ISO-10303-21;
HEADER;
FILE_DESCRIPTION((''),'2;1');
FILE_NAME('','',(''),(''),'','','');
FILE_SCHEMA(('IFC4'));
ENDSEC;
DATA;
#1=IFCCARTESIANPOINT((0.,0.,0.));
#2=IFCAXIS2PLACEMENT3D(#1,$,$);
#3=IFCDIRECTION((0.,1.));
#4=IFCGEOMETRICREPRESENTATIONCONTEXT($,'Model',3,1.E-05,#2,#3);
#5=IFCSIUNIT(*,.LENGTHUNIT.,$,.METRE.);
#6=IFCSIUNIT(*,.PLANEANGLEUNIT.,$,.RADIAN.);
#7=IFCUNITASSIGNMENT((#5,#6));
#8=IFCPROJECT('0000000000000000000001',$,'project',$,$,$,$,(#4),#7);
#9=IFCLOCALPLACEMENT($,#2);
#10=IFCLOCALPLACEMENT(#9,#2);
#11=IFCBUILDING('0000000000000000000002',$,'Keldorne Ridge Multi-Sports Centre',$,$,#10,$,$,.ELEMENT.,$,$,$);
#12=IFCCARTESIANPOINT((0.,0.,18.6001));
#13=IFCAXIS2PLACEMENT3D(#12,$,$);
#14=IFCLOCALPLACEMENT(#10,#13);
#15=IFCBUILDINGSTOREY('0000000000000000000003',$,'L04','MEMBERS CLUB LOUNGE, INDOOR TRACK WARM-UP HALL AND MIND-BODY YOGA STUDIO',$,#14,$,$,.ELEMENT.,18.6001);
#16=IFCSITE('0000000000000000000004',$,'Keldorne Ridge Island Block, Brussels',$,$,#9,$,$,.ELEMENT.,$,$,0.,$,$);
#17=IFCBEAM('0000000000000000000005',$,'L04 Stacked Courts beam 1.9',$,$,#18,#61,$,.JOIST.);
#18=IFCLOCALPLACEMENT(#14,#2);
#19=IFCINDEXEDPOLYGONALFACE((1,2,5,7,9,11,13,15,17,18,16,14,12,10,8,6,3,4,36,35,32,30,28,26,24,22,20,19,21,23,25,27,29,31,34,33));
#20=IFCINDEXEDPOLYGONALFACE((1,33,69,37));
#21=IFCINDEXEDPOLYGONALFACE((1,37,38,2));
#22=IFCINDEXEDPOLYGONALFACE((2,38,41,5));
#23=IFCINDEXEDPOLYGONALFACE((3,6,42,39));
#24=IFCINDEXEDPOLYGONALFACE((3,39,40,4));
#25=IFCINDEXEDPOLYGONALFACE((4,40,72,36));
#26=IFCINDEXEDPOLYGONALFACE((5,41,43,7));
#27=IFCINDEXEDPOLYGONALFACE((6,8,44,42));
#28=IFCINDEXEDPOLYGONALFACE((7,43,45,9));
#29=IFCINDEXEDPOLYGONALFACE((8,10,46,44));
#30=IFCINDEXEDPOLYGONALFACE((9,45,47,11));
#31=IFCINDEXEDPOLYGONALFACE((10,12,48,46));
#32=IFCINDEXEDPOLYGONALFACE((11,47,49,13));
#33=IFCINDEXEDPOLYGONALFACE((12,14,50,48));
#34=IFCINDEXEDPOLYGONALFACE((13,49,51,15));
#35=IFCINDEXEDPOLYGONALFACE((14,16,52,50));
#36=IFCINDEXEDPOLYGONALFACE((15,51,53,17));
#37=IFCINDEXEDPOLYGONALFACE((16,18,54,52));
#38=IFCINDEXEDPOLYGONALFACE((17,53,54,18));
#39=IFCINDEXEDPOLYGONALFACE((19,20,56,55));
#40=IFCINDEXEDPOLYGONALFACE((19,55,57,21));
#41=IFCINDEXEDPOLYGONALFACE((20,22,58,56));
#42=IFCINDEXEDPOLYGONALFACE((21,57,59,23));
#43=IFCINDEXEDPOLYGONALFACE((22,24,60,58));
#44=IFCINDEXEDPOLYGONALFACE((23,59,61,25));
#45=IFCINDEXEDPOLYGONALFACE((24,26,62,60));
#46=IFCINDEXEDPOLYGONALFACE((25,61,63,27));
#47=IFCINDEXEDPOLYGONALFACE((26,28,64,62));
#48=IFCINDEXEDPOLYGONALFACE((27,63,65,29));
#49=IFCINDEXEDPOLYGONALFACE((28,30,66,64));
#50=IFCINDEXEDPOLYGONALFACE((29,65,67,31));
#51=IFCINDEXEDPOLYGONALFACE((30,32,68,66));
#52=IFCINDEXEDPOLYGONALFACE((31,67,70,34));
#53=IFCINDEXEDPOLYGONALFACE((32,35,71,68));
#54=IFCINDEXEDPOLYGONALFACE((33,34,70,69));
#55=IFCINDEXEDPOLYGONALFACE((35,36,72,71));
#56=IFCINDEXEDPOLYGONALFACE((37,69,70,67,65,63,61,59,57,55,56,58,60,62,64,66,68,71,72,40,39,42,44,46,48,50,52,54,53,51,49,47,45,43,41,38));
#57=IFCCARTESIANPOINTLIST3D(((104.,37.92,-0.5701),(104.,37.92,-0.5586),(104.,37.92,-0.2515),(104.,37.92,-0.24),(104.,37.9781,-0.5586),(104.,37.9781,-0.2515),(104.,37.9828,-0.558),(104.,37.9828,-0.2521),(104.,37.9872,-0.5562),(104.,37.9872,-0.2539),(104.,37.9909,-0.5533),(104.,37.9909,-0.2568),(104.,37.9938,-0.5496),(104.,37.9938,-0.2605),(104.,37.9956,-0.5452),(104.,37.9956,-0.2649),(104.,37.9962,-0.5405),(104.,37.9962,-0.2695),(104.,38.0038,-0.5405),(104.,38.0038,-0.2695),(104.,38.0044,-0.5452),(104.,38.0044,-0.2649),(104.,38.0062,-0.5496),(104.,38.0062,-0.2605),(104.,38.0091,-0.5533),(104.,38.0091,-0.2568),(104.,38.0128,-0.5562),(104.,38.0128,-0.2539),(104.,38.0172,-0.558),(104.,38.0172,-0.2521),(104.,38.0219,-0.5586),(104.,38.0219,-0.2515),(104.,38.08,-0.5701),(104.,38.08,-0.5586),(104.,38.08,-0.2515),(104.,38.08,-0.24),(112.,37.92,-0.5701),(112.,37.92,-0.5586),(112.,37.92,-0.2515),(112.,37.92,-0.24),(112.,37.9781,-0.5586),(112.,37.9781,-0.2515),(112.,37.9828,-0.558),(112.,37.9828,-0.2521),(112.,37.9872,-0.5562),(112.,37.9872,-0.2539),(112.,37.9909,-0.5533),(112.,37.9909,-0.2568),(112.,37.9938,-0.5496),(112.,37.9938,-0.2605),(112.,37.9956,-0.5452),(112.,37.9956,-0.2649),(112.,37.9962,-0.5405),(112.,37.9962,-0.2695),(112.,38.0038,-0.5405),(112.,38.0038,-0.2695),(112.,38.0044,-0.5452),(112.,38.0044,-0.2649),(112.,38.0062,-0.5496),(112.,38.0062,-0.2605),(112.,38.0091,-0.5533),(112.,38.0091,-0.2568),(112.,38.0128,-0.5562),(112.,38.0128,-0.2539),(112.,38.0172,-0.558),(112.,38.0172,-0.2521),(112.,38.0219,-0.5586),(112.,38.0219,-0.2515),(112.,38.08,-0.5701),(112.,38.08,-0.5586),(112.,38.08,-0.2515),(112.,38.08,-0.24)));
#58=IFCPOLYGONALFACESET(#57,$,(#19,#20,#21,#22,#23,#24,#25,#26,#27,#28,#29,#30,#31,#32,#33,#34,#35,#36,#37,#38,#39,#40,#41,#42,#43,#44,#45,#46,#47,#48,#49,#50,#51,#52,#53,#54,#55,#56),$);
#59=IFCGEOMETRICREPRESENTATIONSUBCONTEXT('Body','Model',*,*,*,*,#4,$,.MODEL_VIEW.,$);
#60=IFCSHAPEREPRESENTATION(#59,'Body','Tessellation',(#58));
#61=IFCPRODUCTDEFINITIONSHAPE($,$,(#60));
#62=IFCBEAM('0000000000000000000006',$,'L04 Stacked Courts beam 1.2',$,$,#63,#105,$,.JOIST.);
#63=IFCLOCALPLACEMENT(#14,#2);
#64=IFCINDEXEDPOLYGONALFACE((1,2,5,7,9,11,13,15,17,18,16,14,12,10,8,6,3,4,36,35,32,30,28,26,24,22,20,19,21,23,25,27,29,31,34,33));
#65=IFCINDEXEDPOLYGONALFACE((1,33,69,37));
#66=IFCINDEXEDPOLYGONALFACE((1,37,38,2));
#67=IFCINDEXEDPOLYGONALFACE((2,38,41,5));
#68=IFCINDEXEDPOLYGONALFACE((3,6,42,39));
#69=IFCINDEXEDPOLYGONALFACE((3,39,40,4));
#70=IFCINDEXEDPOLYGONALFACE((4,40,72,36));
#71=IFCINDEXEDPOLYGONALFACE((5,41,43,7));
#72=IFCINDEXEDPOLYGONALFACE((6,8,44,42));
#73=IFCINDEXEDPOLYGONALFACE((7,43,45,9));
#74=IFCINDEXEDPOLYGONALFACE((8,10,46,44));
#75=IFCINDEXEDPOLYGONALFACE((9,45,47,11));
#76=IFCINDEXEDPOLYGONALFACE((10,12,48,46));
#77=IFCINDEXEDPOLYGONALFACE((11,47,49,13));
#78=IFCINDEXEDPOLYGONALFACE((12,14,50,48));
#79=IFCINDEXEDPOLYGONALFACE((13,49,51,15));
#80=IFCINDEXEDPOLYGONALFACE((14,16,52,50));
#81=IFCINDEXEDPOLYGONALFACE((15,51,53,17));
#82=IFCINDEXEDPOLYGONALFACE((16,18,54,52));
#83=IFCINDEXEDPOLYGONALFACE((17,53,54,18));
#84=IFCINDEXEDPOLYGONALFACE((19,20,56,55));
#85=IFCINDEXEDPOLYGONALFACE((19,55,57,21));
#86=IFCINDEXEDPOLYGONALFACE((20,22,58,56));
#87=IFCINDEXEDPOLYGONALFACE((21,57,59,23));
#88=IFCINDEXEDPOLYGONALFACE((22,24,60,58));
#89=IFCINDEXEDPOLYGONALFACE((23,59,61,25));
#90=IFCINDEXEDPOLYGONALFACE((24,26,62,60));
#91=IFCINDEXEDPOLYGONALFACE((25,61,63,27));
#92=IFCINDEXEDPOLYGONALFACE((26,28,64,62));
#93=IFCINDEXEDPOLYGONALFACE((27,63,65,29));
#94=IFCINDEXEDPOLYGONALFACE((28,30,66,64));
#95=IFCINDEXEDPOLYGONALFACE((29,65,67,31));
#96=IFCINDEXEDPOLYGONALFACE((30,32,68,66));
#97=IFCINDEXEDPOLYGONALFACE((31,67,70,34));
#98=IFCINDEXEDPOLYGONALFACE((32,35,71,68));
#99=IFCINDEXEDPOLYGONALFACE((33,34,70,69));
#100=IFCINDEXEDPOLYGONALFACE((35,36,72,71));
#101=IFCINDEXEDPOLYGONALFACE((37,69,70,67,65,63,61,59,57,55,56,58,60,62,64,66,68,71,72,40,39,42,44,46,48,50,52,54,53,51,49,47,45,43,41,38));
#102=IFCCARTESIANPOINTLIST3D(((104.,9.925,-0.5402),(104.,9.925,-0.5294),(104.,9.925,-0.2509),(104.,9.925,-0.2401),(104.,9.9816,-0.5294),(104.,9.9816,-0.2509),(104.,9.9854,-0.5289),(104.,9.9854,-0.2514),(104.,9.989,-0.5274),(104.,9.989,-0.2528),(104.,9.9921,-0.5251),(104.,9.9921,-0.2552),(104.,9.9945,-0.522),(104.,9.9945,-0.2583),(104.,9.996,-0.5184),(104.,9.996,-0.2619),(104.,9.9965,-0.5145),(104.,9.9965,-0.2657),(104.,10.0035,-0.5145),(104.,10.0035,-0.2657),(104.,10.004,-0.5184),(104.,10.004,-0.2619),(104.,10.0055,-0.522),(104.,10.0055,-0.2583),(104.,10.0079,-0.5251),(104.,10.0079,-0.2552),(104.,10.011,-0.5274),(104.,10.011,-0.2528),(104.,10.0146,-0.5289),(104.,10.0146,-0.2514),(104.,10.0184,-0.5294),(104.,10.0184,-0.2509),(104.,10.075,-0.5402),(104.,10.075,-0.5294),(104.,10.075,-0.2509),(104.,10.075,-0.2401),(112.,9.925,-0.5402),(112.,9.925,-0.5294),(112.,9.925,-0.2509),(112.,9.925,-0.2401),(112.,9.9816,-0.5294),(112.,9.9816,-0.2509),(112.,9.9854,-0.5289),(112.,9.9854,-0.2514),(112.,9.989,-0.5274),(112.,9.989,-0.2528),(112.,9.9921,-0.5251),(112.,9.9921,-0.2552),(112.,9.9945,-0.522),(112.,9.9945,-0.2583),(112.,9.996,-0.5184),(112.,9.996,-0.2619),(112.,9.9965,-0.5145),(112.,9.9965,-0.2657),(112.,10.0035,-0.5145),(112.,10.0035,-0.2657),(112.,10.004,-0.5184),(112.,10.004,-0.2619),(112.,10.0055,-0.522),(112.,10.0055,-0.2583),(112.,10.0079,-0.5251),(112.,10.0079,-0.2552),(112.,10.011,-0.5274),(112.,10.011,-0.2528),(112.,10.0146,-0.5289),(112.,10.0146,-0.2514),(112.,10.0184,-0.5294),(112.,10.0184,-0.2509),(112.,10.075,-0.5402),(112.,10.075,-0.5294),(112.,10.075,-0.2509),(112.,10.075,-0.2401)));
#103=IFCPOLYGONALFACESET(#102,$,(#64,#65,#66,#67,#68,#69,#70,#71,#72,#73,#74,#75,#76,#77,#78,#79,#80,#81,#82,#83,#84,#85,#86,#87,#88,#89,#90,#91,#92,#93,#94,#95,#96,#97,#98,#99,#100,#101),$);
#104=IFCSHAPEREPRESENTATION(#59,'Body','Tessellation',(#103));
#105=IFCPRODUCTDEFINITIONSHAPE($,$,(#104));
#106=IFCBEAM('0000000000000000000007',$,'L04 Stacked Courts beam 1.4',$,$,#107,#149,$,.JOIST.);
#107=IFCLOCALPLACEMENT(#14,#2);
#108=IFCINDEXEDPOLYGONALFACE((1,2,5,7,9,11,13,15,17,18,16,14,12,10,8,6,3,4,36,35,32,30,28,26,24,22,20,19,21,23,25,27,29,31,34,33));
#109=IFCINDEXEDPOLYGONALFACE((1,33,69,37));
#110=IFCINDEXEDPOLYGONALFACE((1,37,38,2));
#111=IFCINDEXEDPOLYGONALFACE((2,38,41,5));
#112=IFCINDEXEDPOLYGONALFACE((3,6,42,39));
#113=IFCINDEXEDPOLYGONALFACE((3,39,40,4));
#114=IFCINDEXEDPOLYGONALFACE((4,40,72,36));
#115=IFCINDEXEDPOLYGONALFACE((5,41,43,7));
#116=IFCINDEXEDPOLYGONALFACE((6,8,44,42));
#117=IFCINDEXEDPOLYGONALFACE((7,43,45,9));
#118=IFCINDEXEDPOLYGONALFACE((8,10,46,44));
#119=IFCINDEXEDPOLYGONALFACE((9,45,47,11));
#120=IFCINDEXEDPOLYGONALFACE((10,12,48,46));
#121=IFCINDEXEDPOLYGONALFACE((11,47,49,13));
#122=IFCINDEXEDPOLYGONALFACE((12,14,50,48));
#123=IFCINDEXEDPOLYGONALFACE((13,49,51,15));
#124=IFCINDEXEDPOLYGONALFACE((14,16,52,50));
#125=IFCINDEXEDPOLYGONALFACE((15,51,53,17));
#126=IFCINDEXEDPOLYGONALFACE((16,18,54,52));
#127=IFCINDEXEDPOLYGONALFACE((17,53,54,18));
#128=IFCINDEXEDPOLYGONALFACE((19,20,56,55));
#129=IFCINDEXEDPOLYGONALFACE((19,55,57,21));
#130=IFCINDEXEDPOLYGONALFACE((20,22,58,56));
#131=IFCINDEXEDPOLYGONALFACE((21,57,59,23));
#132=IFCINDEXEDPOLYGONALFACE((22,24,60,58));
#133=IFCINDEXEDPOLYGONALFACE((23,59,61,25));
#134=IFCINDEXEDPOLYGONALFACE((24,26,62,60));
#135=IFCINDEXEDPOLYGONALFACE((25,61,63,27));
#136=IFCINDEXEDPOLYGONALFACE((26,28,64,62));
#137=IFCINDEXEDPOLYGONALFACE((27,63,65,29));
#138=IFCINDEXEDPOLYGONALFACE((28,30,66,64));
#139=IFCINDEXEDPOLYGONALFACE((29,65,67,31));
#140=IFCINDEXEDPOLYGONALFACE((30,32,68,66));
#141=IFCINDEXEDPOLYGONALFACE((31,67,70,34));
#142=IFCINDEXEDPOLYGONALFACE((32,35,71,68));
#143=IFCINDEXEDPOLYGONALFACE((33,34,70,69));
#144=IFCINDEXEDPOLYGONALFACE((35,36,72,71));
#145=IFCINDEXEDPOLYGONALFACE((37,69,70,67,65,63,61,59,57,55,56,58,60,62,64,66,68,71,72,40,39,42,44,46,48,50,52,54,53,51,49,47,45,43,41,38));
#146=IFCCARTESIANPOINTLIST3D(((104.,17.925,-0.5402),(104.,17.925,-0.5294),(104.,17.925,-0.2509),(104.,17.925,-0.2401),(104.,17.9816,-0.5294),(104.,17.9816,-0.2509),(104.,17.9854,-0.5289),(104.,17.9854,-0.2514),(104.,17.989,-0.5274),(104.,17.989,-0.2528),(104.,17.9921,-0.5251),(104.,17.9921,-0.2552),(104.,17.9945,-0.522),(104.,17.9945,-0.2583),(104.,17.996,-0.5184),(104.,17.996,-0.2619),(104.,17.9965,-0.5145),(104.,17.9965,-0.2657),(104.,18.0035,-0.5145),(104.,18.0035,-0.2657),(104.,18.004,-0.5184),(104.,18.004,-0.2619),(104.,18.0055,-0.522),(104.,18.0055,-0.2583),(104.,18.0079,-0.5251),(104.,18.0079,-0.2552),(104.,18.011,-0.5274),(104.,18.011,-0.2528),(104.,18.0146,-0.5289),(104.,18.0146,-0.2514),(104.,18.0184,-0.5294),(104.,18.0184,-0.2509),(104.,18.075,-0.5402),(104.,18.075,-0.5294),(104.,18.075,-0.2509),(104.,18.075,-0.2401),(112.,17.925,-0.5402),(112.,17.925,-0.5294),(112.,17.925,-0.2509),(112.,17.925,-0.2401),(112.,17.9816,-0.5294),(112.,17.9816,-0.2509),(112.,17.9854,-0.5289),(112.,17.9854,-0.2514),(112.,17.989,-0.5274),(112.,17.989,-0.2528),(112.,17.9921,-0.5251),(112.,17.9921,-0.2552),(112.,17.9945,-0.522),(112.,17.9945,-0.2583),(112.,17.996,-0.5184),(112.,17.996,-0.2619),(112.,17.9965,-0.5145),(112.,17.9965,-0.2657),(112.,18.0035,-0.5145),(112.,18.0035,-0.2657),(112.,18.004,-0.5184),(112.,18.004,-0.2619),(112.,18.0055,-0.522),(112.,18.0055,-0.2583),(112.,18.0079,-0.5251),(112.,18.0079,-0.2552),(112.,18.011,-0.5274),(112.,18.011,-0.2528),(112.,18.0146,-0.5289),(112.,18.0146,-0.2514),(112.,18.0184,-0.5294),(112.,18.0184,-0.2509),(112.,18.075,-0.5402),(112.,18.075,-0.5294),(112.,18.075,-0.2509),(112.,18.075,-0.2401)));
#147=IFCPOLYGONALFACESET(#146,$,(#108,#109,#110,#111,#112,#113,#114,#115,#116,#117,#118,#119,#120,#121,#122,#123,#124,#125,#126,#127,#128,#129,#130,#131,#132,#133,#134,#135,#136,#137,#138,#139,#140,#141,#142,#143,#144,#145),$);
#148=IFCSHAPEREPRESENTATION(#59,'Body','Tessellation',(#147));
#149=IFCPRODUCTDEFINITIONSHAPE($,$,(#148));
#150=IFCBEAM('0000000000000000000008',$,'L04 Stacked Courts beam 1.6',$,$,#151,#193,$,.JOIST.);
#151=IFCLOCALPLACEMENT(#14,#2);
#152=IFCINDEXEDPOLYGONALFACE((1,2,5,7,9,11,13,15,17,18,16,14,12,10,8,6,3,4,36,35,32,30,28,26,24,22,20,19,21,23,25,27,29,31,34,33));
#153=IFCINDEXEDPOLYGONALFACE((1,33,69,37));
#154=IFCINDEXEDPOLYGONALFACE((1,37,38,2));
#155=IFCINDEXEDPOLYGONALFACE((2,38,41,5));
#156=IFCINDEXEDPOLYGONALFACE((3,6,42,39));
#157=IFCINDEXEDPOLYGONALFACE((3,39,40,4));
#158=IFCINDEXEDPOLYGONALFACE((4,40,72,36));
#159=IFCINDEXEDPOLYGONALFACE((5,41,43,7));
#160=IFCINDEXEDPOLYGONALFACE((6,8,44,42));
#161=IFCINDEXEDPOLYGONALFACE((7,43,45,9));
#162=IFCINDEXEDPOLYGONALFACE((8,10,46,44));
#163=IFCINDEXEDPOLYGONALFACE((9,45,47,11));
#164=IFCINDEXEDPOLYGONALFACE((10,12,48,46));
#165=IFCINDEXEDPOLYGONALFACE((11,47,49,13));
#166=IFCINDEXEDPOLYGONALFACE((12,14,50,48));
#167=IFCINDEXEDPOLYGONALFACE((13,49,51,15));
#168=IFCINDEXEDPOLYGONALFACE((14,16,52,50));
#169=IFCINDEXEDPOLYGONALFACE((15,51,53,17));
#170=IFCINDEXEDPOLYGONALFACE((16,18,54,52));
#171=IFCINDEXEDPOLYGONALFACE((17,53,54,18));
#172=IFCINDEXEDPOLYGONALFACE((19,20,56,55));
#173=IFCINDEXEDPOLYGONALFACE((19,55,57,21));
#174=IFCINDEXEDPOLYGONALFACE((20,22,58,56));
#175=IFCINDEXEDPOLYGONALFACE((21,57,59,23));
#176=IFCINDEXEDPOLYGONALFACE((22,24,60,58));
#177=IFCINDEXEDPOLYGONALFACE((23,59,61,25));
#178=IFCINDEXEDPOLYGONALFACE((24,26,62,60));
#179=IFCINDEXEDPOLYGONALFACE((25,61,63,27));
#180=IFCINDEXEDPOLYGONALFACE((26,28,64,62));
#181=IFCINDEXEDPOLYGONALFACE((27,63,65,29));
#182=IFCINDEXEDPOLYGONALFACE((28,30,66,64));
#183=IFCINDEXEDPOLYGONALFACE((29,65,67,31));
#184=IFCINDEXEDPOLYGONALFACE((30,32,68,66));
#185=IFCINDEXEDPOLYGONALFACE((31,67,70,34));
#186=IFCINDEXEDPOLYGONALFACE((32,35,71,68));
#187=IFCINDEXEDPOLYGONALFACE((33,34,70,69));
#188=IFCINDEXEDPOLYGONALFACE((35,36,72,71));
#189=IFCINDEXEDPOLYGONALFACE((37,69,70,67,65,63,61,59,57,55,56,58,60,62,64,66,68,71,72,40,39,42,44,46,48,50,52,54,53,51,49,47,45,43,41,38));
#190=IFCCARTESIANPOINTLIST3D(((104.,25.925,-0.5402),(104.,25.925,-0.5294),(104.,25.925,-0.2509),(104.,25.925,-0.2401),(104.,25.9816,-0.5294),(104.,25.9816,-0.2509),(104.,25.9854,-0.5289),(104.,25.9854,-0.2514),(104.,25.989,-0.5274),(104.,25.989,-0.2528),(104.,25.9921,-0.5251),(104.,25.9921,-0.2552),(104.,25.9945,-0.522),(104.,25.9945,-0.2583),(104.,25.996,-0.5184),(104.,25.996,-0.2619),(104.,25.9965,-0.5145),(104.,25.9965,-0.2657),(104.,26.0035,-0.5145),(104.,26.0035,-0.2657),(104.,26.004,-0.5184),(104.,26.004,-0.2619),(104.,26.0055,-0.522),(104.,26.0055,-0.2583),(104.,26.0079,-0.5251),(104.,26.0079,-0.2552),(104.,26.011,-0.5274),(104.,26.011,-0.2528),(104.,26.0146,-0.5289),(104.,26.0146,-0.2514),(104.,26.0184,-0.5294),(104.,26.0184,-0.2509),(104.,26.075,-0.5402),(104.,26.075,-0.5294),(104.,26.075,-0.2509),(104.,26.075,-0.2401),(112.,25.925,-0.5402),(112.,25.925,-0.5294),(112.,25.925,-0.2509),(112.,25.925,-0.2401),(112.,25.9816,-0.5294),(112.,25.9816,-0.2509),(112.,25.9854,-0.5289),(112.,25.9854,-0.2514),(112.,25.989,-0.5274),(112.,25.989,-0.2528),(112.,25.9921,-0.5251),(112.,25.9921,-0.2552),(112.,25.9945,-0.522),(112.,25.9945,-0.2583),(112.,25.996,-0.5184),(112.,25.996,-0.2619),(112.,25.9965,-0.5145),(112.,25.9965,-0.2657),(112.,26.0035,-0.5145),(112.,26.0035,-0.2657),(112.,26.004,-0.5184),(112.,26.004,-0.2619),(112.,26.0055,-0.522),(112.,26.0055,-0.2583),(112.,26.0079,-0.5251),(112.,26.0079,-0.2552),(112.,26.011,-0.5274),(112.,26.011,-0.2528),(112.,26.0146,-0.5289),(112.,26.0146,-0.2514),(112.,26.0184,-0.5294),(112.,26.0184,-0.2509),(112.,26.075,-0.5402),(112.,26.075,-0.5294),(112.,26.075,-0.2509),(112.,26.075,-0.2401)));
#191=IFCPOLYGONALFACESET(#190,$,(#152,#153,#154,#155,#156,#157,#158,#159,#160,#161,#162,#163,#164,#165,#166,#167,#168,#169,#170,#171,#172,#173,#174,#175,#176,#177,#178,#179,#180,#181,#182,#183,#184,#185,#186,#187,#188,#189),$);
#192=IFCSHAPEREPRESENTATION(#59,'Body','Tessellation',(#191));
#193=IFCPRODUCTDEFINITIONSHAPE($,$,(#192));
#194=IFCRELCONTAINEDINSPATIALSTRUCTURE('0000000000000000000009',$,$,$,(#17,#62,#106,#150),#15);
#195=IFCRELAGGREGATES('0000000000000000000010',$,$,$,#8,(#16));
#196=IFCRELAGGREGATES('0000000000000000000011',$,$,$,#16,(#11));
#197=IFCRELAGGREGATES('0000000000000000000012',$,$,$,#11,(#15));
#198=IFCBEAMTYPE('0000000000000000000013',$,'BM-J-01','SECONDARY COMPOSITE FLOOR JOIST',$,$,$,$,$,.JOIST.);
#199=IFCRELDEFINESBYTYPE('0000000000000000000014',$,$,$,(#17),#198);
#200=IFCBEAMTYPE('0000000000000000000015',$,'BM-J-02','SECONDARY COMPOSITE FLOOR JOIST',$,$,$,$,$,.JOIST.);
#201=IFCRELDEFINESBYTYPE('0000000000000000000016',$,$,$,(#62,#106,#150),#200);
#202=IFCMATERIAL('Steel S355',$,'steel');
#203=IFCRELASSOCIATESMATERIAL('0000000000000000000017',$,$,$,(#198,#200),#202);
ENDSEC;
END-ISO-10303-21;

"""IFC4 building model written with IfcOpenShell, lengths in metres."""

from ifc_helpers import new_model, si_unit, direction, frame, origin, origin_2d, place, context, subcontext, project, spatial, i_section, extrude, material, material_profile, profile_set, type_object, element, save


model = new_model("IFC4")

# Units and contexts
model_context = context("Model", 3, precision=1e-05, world=origin(), true_north=direction((0.0, 1.0)))
body_context = subcontext(model_context, "Body", "Model", "MODEL_VIEW")
ifc_project = project(units=[si_unit("LENGTHUNIT", "METRE"), si_unit("PLANEANGLEUNIT", "RADIAN")], contexts=[model_context])

# Site, building, storey
site_placement = place(None, origin())
site = spatial("IfcSite", under=ifc_project, at=site_placement, Name="Keldorne Ridge Island Block, Brussels", CompositionType="ELEMENT", RefElevation=0.0)
building_placement = place(site_placement, origin())
building = spatial("IfcBuilding", under=site, at=building_placement, Name="Keldorne Ridge Multi-Sports Centre", CompositionType="ELEMENT")
storey_placement = place(building_placement, frame((0.0, 0.0, 18.6001)))
storey = spatial("IfcBuildingStorey", under=building, at=storey_placement, Name="L04", Description="MEMBERS CLUB LOUNGE, INDOOR TRACK WARM-UP HALL AND MIND-BODY YOGA STUDIO", CompositionType="ELEMENT", Elevation=18.6001)

# Shared definitions
ifc_material_1 = material(Name="Steel S355", Category="steel")

# Beams
ifc_material_profile_1 = material_profile(ifc_material_1, i_section(OverallWidth=0.1599, OverallDepth=0.3301, WebThickness=0.0076, FlangeThickness=0.0115, FilletRadius=0.0181, at=origin_2d()), Name="IPE 330")
ifc_profile_set_1 = profile_set([ifc_material_profile_1], Name="Steel S355")
beam_type_1 = type_object("IfcBeamType", Name="BM-J-01", Description="SECONDARY COMPOSITE FLOOR JOIST", PredefinedType="JOIST", material=ifc_profile_set_1)
for number, where, z_axis, x_axis, name in (
    (1, (104.0, 38.0, -0.405), (1.0, 0.0, 0.0), (0.0, 1.0, 0.0), "L04 Stacked Courts beam 1.9"),
):
    element("IfcBeam", number, at=place(storey_placement, frame(where, z_axis=z_axis, x_axis=x_axis)), inside=storey, type_object=beam_type_1, Name=name, PredefinedType="JOIST", context=body_context, shape_type="SweptSolid", body=[
        extrude(i_section(OverallWidth=0.1599, OverallDepth=0.3301, WebThickness=0.0076, FlangeThickness=0.0115, FilletRadius=0.0181, at=origin_2d()), origin(), (0.0, 0.0, 1.0), 8.0),
    ])
ifc_material_profile_2 = material_profile(ifc_material_1, i_section(OverallWidth=0.1499, OverallDepth=0.3, WebThickness=0.0071, FlangeThickness=0.0107, FilletRadius=0.0149, at=origin_2d()), Name="IPE 300")
ifc_profile_set_2 = profile_set([ifc_material_profile_2], Name="Steel S355")
beam_type_2 = type_object("IfcBeamType", Name="BM-J-02", Description="SECONDARY COMPOSITE FLOOR JOIST", PredefinedType="JOIST", material=ifc_profile_set_2)
for number, where, z_axis, x_axis, name in (
    (2, (104.0, 10.0, -0.3901), (1.0, 0.0, 0.0), (0.0, 1.0, 0.0), "L04 Stacked Courts beam 1.2"),
    (3, (104.0, 18.0, -0.3901), (1.0, 0.0, 0.0), (0.0, 1.0, 0.0), "L04 Stacked Courts beam 1.4"),
    (4, (104.0, 26.0, -0.3901), (1.0, 0.0, 0.0), (0.0, 1.0, 0.0), "L04 Stacked Courts beam 1.6"),
):
    element("IfcBeam", number, at=place(storey_placement, frame(where, z_axis=z_axis, x_axis=x_axis)), inside=storey, type_object=beam_type_2, Name=name, PredefinedType="JOIST", context=body_context, shape_type="SweptSolid", body=[
        extrude(i_section(OverallWidth=0.1499, OverallDepth=0.3, WebThickness=0.0071, FlangeThickness=0.0107, FilletRadius=0.0149, at=origin_2d()), origin(), (0.0, 0.0, 1.0), 8.0),
    ])

save(model, "model.ifc")
